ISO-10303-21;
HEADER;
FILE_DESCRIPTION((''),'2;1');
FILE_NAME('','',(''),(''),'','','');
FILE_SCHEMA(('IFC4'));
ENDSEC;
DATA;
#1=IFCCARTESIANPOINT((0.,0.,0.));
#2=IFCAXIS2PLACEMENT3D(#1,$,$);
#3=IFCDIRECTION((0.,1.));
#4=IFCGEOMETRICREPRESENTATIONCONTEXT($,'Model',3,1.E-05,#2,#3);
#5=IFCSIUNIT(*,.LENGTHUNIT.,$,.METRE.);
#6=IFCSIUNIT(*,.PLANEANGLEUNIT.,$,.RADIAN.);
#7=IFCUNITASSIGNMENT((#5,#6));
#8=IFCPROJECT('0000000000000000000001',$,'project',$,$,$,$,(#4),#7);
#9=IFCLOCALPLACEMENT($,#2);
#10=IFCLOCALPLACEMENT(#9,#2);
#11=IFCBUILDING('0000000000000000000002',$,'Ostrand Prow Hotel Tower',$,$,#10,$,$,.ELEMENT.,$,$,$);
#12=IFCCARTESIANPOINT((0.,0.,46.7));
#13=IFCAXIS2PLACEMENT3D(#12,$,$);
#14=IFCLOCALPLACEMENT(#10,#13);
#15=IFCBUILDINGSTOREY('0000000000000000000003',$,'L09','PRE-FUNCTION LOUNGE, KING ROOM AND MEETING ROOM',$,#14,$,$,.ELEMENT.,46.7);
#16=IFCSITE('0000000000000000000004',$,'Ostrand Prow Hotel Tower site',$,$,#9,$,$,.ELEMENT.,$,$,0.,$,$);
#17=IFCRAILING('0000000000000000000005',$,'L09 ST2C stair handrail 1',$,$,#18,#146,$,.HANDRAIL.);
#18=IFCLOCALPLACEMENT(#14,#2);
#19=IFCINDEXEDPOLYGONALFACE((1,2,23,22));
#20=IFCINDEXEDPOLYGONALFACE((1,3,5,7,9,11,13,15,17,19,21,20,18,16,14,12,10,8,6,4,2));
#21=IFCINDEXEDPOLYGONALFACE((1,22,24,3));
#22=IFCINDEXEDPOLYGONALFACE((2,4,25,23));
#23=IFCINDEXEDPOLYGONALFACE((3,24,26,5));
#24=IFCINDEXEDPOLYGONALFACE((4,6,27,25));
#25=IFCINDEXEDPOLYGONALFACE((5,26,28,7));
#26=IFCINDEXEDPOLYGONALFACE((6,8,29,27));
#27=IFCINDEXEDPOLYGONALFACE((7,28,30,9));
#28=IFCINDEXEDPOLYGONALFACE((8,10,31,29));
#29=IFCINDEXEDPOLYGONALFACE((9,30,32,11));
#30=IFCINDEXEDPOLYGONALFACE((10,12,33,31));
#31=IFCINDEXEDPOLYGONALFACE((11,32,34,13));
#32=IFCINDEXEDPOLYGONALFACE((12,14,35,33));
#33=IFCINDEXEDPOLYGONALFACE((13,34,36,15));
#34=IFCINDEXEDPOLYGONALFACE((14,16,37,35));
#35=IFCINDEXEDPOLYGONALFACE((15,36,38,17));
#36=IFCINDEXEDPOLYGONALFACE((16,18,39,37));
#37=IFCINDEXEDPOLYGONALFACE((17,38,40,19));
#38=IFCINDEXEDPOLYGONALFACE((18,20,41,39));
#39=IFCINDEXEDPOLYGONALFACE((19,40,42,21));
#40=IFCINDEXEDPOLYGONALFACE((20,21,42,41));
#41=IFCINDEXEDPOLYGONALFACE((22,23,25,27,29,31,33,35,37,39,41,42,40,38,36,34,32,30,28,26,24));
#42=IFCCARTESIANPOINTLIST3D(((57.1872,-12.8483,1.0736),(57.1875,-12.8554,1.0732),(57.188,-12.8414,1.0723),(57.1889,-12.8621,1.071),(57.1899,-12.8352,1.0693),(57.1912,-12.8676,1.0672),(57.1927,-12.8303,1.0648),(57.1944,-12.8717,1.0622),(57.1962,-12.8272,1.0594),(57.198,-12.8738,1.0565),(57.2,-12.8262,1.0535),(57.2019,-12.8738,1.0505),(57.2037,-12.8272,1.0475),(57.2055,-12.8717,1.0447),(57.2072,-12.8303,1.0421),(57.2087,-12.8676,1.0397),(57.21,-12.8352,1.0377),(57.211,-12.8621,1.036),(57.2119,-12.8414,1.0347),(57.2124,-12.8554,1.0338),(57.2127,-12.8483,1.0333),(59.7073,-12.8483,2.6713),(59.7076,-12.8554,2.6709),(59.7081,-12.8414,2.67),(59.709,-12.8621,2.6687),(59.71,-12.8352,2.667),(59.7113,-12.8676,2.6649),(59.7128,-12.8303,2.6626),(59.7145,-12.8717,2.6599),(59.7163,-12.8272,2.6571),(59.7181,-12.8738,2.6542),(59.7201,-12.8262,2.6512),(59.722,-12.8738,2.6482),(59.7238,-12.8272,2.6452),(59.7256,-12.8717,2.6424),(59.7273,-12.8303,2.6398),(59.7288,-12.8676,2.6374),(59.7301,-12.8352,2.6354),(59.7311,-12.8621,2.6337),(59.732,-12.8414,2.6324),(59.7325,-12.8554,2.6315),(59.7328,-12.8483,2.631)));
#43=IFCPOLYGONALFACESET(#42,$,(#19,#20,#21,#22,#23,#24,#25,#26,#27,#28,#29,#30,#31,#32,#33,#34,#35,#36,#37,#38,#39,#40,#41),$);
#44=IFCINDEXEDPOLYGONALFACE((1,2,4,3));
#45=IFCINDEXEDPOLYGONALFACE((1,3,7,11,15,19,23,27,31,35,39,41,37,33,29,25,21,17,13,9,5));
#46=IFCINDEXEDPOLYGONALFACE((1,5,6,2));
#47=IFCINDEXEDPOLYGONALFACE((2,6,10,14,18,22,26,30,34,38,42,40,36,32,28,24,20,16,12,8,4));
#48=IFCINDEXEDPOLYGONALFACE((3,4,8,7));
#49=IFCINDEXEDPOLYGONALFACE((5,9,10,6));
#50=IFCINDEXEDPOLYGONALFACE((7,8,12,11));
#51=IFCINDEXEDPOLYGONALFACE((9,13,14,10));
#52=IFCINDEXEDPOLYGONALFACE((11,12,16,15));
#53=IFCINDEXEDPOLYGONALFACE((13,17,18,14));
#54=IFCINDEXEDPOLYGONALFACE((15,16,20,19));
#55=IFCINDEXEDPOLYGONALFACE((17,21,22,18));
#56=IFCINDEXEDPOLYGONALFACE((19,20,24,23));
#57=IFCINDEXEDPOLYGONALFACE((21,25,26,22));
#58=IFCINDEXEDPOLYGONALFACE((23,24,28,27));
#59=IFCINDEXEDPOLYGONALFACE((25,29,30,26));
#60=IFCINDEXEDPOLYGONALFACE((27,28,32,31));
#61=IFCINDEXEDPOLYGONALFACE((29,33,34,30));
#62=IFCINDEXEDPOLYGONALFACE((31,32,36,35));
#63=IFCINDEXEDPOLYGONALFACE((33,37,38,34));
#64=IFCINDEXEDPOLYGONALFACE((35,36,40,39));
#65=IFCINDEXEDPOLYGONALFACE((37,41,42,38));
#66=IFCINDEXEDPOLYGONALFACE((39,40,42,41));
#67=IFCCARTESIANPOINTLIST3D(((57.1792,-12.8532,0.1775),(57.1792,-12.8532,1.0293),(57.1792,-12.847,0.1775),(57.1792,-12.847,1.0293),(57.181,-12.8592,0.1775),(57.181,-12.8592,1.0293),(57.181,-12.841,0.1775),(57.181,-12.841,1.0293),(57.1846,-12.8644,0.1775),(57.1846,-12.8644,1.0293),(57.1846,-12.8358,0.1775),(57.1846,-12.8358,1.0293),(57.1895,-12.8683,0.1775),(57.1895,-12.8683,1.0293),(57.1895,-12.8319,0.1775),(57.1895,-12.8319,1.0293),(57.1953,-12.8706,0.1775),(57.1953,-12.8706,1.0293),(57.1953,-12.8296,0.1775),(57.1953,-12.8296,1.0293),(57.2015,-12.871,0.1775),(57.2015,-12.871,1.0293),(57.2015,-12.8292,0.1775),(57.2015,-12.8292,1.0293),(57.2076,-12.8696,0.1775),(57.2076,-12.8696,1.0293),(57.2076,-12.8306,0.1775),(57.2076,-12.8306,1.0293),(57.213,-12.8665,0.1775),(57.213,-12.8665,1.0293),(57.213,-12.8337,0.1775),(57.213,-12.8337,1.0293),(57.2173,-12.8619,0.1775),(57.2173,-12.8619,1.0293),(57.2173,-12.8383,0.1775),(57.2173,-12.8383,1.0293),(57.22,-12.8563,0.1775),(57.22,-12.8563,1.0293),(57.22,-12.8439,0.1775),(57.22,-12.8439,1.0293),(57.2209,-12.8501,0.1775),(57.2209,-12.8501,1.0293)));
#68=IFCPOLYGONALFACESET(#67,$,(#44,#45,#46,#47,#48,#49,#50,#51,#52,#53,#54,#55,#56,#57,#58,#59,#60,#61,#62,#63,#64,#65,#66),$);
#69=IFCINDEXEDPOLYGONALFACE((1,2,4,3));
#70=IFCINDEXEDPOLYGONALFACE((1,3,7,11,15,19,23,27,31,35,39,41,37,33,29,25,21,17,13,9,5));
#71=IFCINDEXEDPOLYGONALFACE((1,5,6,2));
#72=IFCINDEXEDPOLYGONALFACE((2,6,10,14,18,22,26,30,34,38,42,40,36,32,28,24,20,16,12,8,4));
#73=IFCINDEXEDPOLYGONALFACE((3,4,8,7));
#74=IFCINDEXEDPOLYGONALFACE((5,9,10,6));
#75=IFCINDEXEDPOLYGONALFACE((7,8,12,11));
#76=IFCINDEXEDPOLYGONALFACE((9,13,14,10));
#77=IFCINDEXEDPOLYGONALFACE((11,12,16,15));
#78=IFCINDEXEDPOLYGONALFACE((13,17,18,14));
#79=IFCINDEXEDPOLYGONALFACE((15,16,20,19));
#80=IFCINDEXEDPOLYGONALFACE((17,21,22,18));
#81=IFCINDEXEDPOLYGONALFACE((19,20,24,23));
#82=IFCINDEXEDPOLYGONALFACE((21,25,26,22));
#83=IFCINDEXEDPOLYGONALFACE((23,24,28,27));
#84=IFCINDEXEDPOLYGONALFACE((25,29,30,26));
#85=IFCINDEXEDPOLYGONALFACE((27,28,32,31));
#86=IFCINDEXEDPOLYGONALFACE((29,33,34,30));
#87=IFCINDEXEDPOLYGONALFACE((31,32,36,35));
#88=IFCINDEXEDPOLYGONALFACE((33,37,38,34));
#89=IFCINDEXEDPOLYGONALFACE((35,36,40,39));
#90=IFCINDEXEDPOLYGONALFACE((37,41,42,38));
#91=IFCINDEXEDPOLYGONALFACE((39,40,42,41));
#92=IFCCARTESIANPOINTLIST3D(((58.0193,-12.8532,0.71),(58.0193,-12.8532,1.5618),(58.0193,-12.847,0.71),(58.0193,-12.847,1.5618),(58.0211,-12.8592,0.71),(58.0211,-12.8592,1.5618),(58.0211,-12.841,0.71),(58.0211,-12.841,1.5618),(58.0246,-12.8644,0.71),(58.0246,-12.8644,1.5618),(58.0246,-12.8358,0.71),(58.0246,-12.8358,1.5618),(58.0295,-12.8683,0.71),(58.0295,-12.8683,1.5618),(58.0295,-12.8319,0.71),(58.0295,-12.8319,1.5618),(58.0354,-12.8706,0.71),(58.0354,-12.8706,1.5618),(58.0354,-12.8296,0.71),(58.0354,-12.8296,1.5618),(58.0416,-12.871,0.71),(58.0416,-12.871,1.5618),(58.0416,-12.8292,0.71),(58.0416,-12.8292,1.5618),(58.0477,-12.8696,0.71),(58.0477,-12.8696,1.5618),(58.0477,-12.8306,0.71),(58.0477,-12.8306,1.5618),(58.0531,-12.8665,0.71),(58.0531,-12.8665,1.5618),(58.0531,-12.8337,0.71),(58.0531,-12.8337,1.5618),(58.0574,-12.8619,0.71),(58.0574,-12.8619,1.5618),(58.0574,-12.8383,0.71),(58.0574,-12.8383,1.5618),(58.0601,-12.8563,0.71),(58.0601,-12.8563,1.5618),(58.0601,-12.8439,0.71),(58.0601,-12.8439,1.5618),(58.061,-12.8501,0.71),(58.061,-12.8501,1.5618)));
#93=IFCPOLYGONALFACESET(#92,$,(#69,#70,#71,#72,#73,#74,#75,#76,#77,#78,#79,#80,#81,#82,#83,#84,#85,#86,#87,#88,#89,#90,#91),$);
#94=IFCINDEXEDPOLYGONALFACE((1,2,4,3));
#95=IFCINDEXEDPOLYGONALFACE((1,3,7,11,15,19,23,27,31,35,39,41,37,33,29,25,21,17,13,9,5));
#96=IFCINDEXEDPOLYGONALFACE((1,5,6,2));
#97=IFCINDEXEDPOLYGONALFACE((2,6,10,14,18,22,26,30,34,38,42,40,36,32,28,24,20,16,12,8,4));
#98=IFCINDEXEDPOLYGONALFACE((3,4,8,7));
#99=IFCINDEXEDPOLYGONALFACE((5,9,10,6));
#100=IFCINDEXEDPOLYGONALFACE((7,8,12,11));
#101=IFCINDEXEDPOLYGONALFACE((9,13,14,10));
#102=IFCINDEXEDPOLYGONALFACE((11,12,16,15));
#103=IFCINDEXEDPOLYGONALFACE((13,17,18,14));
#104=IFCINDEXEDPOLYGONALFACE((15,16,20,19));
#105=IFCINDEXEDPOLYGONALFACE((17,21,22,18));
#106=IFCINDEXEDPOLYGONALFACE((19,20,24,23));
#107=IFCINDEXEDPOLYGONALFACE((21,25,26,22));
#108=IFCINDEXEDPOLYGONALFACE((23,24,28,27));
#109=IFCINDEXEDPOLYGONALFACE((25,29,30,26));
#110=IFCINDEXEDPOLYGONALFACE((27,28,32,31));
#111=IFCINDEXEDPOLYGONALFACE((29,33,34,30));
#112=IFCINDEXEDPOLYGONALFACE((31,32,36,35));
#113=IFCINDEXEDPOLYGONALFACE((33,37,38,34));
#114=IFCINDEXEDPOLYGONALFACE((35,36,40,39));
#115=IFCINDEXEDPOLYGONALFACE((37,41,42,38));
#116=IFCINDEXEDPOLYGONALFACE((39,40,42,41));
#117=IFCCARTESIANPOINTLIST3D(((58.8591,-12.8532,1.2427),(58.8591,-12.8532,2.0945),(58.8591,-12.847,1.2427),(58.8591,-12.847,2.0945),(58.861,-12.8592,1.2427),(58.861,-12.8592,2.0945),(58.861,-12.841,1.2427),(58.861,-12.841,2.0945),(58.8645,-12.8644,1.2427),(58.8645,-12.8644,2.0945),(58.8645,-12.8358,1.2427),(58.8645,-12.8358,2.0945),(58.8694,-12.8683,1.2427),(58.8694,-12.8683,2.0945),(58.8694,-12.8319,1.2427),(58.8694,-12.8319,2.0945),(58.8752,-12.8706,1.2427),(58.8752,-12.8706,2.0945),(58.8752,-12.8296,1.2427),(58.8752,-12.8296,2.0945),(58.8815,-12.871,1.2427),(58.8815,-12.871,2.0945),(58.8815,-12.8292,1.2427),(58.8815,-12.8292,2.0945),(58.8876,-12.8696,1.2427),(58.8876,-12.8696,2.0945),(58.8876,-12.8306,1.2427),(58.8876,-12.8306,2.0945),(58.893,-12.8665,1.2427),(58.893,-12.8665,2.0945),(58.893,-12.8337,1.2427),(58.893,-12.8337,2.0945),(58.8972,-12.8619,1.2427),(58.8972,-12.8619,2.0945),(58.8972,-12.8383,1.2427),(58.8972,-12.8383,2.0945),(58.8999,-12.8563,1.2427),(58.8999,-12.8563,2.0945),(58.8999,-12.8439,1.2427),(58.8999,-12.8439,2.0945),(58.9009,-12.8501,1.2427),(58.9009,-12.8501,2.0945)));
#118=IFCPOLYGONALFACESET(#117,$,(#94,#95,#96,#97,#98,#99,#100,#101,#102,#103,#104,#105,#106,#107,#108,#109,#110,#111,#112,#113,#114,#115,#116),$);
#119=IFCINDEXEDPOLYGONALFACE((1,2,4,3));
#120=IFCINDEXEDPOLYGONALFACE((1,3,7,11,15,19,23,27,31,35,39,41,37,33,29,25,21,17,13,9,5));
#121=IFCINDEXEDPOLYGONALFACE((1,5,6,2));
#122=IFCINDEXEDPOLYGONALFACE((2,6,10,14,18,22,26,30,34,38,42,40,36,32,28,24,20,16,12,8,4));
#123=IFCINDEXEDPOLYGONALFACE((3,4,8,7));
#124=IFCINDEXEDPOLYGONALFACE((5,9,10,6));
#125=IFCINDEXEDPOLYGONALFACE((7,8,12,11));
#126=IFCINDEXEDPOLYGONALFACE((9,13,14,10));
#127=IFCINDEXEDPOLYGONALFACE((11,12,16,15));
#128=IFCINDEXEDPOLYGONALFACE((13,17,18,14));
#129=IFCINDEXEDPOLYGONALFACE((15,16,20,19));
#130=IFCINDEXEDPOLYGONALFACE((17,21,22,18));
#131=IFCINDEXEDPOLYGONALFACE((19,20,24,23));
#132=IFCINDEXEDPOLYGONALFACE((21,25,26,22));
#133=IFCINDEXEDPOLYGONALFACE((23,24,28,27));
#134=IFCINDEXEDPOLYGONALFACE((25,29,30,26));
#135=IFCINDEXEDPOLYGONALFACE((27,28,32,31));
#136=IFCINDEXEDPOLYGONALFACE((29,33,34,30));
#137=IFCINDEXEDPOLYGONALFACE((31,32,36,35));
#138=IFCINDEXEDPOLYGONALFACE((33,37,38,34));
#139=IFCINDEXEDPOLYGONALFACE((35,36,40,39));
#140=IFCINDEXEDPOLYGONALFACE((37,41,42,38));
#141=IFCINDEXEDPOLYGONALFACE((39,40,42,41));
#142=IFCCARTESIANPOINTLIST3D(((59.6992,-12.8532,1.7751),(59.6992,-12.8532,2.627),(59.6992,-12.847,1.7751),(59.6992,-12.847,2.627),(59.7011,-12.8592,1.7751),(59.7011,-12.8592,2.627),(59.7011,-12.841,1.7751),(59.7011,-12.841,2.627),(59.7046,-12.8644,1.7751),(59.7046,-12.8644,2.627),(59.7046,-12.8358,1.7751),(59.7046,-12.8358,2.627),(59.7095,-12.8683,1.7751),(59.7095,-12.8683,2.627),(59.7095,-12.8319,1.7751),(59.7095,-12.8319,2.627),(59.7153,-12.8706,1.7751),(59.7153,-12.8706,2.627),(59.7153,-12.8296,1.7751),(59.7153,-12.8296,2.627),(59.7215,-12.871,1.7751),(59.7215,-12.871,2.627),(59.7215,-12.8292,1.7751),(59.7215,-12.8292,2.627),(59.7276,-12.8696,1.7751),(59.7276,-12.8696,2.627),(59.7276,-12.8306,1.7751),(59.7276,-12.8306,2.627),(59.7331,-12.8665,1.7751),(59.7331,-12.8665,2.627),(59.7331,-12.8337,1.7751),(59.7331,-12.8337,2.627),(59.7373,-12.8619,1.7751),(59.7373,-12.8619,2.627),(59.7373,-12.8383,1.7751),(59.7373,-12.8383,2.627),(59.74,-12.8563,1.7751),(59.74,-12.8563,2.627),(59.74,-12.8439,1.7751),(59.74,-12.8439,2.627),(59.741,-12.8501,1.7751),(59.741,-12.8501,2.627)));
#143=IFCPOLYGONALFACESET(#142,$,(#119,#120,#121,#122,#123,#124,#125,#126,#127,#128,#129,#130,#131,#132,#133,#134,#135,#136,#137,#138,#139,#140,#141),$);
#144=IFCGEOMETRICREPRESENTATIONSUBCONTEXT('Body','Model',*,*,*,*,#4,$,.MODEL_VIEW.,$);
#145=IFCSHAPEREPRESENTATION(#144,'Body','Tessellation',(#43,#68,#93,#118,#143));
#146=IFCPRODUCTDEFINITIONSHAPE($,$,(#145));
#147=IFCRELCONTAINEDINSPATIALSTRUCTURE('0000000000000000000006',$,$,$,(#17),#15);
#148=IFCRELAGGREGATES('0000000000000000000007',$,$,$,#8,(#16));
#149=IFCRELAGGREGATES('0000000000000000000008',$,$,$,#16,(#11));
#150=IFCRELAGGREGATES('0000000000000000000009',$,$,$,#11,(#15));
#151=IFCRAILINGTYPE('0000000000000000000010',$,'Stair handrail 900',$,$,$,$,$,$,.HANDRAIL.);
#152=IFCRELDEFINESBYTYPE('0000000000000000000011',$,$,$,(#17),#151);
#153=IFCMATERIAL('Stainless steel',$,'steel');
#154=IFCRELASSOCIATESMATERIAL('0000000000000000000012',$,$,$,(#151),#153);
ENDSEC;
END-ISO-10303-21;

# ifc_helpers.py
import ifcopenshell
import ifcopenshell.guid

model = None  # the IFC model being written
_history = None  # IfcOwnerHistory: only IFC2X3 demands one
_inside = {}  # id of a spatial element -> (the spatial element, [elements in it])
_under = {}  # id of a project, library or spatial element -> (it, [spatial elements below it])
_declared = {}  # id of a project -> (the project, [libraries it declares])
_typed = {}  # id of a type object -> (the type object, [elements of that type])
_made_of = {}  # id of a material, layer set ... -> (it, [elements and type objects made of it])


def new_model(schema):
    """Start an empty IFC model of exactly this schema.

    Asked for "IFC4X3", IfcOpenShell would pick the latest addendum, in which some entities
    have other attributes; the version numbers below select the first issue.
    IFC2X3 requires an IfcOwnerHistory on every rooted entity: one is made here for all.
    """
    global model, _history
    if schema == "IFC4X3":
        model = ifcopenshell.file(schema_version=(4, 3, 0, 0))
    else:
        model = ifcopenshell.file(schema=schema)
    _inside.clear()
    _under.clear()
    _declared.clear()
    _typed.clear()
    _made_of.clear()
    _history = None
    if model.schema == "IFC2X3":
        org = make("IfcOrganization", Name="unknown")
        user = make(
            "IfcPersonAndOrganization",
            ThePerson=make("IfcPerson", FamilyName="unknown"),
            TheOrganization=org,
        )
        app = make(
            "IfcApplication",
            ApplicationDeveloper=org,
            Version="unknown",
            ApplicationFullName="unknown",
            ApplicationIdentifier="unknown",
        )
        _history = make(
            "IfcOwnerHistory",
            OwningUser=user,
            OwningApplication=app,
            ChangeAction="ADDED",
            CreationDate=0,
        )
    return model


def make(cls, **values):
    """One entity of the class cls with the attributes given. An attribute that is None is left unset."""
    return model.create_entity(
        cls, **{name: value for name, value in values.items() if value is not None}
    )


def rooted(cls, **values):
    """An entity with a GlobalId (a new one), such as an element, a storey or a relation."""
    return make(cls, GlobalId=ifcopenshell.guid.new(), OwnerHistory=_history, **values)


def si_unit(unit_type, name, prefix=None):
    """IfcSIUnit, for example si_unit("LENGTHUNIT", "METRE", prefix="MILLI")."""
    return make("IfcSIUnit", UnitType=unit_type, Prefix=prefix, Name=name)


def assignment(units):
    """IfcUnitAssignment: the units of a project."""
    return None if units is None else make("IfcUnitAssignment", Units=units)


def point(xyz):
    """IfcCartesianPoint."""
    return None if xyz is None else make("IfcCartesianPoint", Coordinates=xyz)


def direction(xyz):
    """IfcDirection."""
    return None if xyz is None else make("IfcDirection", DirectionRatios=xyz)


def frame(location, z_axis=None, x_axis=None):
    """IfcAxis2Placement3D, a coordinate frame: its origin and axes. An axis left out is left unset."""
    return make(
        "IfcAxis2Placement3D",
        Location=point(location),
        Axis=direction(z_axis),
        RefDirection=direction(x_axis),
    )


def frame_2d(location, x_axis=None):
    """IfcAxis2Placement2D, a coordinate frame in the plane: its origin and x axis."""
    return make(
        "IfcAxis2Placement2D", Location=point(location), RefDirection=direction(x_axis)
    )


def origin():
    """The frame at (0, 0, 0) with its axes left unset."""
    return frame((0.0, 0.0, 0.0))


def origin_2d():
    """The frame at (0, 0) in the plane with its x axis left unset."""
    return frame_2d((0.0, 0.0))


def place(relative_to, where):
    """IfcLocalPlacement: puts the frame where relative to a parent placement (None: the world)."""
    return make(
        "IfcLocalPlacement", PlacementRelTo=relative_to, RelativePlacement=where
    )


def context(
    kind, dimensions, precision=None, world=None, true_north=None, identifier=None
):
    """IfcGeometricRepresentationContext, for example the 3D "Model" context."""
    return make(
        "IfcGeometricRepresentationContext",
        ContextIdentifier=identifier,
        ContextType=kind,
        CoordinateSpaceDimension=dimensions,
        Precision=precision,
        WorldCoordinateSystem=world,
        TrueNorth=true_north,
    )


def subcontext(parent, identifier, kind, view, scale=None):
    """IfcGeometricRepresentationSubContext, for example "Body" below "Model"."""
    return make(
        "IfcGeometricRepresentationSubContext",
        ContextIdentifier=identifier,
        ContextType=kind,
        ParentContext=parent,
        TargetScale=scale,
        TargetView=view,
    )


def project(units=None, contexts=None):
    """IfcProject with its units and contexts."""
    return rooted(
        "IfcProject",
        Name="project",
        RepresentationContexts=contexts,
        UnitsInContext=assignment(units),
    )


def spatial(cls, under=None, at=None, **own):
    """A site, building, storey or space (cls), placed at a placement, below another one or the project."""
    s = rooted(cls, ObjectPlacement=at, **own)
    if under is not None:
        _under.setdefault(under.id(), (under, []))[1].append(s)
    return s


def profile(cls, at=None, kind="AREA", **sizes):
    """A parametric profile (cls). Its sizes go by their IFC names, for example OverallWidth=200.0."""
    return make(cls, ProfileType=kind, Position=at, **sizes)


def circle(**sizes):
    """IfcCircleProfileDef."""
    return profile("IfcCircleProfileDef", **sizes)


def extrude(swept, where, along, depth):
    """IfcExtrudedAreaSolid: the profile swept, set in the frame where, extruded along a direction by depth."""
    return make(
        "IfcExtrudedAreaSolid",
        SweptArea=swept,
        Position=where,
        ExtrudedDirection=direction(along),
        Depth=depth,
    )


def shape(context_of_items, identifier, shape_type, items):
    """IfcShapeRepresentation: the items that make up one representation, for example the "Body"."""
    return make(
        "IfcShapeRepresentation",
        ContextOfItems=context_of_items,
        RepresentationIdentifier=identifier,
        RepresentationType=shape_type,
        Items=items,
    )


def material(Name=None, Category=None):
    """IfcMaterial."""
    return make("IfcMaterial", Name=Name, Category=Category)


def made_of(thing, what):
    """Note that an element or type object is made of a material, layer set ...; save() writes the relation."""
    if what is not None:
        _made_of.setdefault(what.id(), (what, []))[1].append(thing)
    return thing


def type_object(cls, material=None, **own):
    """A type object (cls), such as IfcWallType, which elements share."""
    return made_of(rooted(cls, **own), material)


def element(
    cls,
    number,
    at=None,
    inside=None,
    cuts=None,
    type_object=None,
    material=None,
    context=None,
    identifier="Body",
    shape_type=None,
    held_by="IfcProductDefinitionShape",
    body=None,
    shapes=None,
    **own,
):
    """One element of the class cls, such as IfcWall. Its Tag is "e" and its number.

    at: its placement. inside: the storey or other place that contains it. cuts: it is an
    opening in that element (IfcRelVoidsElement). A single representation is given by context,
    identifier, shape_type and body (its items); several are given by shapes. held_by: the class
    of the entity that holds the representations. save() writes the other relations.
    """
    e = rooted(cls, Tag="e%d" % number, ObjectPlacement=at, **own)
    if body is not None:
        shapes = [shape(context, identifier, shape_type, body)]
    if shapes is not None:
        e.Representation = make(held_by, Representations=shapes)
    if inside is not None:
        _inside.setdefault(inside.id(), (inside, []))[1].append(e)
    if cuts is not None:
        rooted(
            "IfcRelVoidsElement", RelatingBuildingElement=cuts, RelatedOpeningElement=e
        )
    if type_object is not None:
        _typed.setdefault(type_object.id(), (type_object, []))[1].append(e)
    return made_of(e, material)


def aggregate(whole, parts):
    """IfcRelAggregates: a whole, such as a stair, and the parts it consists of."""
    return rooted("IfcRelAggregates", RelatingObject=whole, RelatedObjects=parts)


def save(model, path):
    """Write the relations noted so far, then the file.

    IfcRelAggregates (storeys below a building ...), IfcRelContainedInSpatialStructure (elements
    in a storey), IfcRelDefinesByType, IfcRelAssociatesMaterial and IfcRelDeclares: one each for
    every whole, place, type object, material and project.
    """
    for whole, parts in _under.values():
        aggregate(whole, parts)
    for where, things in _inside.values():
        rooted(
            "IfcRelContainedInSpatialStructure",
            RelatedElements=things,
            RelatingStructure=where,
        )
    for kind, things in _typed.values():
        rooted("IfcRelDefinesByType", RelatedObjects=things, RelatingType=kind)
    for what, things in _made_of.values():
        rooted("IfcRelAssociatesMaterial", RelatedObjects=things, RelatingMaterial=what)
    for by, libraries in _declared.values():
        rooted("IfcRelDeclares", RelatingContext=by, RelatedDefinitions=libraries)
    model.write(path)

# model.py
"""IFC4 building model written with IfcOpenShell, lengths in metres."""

from ifc_helpers import new_model, si_unit, direction, frame, origin, origin_2d, place, context, subcontext, project, spatial, circle, extrude, material, type_object, element, save


model = new_model("IFC4")

# Units and contexts
model_context = context("Model", 3, precision=1e-05, world=origin(), true_north=direction((0.0, 1.0)))
body_context = subcontext(model_context, "Body", "Model", "MODEL_VIEW")
ifc_project = project(units=[si_unit("LENGTHUNIT", "METRE"), si_unit("PLANEANGLEUNIT", "RADIAN")], contexts=[model_context])

# Site, building, storey
site_placement = place(None, origin())
site = spatial("IfcSite", under=ifc_project, at=site_placement, Name="Ostrand Prow Hotel Tower site", CompositionType="ELEMENT", RefElevation=0.0)
building_placement = place(site_placement, origin())
building = spatial("IfcBuilding", under=site, at=building_placement, Name="Ostrand Prow Hotel Tower", CompositionType="ELEMENT")
storey_placement = place(building_placement, frame((0.0, 0.0, 46.7)))
storey = spatial("IfcBuildingStorey", under=building, at=storey_placement, Name="L09", Description="PRE-FUNCTION LOUNGE, KING ROOM AND MEETING ROOM", CompositionType="ELEMENT", Elevation=46.7)

# Railing
ifc_material_1 = material(Name="Stainless steel", Category="steel")
railing_type_1 = type_object("IfcRailingType", Name="Stair handrail 900", PredefinedType="HANDRAIL", material=ifc_material_1)
railing_1_placement = place(storey_placement, frame((57.2, -12.8501, 0.1775)))
element("IfcRailing", 1, at=railing_1_placement, inside=storey, type_object=railing_type_1, Name="L09 ST2C stair handrail 1", PredefinedType="HANDRAIL", context=body_context, shape_type="SweptSolid", body=[
    extrude(circle(Radius=0.0239, at=origin_2d()), frame((0.0, 0.0, 0.876), z_axis=(0.84457, 0.0, 0.535445), x_axis=(0.0, 1.0, 0.0)), (0.0, 0.0, 1.0), 2.9839),
    extrude(circle(Radius=0.021, at=origin_2d()), origin(), (0.0, 0.0, 1.0), 0.8518),
    extrude(circle(Radius=0.021, at=origin_2d()), frame((0.8401, 0.0, 0.5325)), (0.0, 0.0, 1.0), 0.8518),
    extrude(circle(Radius=0.021, at=origin_2d()), frame((1.6799, 0.0, 1.0652)), (0.0, 0.0, 1.0), 0.8518),
    extrude(circle(Radius=0.021, at=origin_2d()), frame((2.52, 0.0, 1.5977)), (0.0, 0.0, 1.0), 0.8518),
])

save(model, "model.ifc")
